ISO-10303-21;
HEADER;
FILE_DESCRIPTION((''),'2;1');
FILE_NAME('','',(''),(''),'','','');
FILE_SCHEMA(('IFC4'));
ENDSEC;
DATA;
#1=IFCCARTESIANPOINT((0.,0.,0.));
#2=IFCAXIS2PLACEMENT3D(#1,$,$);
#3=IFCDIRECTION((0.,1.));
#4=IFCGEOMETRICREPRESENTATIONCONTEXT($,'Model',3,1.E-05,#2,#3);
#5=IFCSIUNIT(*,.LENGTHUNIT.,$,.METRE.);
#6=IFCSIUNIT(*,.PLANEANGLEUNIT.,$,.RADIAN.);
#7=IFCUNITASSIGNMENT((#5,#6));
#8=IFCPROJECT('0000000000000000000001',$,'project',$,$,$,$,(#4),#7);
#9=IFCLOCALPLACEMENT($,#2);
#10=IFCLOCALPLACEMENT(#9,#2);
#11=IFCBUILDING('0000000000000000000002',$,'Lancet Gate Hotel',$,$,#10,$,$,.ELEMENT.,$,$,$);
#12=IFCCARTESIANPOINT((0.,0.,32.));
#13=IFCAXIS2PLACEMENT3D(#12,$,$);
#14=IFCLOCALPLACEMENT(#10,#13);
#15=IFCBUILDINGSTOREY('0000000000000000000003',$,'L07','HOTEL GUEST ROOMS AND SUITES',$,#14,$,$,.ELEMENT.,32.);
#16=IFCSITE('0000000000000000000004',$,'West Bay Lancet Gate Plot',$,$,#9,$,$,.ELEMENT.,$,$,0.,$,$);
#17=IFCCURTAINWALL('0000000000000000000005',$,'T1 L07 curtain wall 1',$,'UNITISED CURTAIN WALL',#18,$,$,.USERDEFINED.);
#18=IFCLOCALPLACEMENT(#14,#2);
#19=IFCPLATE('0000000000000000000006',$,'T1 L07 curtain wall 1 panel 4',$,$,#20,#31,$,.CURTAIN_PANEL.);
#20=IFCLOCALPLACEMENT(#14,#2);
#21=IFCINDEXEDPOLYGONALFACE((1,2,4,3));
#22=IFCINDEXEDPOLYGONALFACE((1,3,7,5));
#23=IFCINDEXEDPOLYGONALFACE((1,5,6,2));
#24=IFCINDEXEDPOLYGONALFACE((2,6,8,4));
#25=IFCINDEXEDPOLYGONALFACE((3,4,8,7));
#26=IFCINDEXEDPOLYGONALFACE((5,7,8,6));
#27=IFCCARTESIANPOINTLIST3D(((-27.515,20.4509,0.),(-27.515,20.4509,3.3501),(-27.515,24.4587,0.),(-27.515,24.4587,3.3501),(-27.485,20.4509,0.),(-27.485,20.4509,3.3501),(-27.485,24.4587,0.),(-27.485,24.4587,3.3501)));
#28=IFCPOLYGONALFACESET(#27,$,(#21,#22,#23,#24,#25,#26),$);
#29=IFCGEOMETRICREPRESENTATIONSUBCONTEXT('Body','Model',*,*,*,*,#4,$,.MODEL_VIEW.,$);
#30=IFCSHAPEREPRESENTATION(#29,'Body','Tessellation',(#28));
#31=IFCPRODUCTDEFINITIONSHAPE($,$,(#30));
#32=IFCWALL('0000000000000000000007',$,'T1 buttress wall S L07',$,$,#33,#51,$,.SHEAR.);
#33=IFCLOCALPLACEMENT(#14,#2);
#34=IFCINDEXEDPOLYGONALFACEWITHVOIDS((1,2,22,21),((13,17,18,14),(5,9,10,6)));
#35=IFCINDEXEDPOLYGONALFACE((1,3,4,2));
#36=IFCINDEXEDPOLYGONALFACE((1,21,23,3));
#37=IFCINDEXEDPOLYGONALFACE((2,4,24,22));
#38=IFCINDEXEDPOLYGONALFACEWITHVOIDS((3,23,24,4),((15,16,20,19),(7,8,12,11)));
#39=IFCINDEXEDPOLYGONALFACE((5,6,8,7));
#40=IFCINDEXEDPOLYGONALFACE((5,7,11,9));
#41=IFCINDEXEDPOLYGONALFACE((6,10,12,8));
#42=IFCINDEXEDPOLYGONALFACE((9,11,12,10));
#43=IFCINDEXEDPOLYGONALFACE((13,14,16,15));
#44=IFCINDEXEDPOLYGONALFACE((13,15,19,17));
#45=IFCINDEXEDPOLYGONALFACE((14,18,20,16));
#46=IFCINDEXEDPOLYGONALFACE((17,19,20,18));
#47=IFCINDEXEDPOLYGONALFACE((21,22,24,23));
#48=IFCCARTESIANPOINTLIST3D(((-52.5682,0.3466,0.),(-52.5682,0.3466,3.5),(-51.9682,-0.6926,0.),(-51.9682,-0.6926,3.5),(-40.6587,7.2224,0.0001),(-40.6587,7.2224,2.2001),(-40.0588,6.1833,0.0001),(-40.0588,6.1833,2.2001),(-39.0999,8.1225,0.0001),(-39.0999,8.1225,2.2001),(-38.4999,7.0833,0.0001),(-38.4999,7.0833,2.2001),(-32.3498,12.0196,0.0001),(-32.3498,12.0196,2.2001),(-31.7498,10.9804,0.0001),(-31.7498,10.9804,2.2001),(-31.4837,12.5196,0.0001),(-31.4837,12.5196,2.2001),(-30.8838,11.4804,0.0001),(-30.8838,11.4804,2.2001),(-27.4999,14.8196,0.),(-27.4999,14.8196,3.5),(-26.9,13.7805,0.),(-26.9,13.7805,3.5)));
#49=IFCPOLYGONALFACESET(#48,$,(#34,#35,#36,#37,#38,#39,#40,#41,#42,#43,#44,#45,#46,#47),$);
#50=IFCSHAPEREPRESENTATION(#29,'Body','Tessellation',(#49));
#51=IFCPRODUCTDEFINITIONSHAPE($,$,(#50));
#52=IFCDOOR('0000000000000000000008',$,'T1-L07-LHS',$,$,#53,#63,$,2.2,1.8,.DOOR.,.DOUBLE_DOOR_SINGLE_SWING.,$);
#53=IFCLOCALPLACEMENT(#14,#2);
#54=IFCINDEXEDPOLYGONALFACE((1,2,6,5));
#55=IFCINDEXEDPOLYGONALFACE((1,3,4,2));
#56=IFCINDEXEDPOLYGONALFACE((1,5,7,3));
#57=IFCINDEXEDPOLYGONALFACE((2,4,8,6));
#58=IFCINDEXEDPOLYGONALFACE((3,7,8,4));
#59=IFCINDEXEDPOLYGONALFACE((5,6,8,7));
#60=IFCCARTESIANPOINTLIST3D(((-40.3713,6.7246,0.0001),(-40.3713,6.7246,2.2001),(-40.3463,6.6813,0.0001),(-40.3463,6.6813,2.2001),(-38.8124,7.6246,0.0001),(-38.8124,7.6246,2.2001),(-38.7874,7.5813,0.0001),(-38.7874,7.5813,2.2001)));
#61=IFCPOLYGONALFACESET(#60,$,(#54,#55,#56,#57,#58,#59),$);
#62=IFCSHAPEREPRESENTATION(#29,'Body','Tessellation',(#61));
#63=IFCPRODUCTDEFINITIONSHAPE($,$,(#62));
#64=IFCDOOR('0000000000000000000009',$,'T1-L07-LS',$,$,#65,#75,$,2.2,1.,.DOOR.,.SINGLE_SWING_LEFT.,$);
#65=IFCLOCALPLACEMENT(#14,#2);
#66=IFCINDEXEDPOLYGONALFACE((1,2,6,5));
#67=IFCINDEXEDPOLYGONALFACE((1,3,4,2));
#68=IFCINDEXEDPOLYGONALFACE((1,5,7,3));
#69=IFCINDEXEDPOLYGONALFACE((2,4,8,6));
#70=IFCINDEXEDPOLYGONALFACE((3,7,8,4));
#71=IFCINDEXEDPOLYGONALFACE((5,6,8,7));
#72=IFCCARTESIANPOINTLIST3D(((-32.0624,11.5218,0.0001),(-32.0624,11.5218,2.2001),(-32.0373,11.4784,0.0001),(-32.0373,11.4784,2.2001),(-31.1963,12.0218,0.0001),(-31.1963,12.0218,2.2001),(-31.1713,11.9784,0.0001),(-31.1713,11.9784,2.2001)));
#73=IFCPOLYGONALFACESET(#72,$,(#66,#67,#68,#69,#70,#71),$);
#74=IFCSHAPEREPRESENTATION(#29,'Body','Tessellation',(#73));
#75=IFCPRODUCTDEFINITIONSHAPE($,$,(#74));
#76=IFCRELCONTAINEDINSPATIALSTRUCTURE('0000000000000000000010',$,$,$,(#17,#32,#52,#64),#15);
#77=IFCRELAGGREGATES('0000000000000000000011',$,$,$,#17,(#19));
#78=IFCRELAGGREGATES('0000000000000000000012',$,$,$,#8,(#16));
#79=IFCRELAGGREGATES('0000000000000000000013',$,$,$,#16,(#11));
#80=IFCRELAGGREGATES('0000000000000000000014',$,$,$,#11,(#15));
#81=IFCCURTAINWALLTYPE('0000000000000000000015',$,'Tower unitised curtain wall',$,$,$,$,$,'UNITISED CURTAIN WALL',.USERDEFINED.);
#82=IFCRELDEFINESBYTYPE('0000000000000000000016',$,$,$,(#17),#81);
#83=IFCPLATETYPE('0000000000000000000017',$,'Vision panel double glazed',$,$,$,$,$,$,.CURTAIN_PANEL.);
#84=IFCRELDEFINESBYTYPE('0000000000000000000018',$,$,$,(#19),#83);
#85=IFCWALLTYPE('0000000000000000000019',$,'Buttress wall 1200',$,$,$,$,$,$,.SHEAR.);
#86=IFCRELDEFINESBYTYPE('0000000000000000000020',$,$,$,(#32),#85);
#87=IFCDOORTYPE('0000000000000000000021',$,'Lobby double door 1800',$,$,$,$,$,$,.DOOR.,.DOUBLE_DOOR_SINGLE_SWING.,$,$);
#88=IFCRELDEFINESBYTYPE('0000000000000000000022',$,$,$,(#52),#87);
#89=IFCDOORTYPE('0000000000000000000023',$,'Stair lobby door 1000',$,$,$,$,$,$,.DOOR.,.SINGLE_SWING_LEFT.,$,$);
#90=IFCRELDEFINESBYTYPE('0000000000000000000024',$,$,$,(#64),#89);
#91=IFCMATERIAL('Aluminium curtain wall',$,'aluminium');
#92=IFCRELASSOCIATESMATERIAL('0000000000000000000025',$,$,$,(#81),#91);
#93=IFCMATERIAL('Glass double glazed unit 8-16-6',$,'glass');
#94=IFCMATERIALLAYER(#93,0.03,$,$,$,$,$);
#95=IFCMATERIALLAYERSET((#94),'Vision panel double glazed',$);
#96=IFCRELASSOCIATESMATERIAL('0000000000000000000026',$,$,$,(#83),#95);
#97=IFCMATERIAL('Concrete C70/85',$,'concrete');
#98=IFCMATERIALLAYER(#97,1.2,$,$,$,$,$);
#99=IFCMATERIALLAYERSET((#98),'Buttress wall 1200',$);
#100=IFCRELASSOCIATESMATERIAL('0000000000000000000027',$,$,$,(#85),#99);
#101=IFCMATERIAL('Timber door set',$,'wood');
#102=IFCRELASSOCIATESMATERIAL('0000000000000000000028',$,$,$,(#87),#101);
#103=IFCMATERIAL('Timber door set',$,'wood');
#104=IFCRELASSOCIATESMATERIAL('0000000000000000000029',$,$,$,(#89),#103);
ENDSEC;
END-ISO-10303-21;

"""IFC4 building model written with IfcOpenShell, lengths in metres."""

from ifc_helpers import new_model, si_unit, direction, frame, frame_2d, origin, origin_2d, place, context, subcontext, project, spatial, rectangle, extrude, material, layer, layer_set, type_object, element, fill, aggregate, save


model = new_model("IFC4")

# Units and contexts
model_context = context("Model", 3, precision=1e-05, world=origin(), true_north=direction((0.0, 1.0)))
body_context = subcontext(model_context, "Body", "Model", "MODEL_VIEW")
ifc_project = project(units=[si_unit("LENGTHUNIT", "METRE"), si_unit("PLANEANGLEUNIT", "RADIAN")], contexts=[model_context])

# Site, building, storey
site_placement = place(None, origin())
site = spatial("IfcSite", under=ifc_project, at=site_placement, Name="West Bay Lancet Gate Plot", CompositionType="ELEMENT", RefElevation=0.0)
building_placement = place(site_placement, origin())
building = spatial("IfcBuilding", under=site, at=building_placement, Name="Lancet Gate Hotel", CompositionType="ELEMENT")
storey_placement = place(building_placement, frame((0.0, 0.0, 32.0)))
storey = spatial("IfcBuildingStorey", under=building, at=storey_placement, Name="L07", Description="HOTEL GUEST ROOMS AND SUITES", CompositionType="ELEMENT", Elevation=32.0)

# Curtain wall
ifc_material_1 = material(Name="Aluminium curtain wall", Category="aluminium")
curtain_wall_type = type_object("IfcCurtainWallType", Name="Tower unitised curtain wall", ElementType="UNITISED CURTAIN WALL", PredefinedType="USERDEFINED", material=ifc_material_1)
curtain_wall_placement = place(storey_placement, origin())
curtain_wall = element("IfcCurtainWall", 1, at=curtain_wall_placement, inside=storey, type_object=curtain_wall_type, Name="T1 L07 curtain wall 1", ObjectType="UNITISED CURTAIN WALL", PredefinedType="USERDEFINED")

# Plate
ifc_material_2 = material(Name="Glass double glazed unit 8-16-6", Category="glass")
ifc_layer_1 = layer(ifc_material_2, 0.03)
ifc_layer_set_1 = layer_set([ifc_layer_1], Name="Vision panel double glazed")
plate_type = type_object("IfcPlateType", Name="Vision panel double glazed", PredefinedType="CURTAIN_PANEL", material=ifc_layer_set_1)
plate_1_placement = place(storey_placement, frame((-27.5, 22.4548, 0.0), z_axis=(0.0, 0.0, 1.0), x_axis=(0.0, 1.0, 0.0)))
plate_1 = element("IfcPlate", 2, at=plate_1_placement, type_object=plate_type, Name="T1 L07 curtain wall 1 panel 4", PredefinedType="CURTAIN_PANEL", context=body_context, shape_type="SweptSolid", body=[
    extrude(rectangle(XDim=4.0078, YDim=0.03, at=origin_2d()), origin(), (0.0, 0.0, 1.0), 3.3501),
])
aggregate(curtain_wall, [plate_1])

# Wall, openings, doors
ifc_material_3 = material(Name="Concrete C70/85", Category="concrete")
ifc_layer_2 = layer(ifc_material_3, 1.2)
ifc_layer_set_2 = layer_set([ifc_layer_2], Name="Buttress wall 1200")
wall_type = type_object("IfcWallType", Name="Buttress wall 1200", PredefinedType="SHEAR", material=ifc_layer_set_2)
wall_placement = place(storey_placement, frame((-27.2, 14.3, 0.0), z_axis=(0.0, 0.0, 1.0), x_axis=(-0.866027, -0.499998, 0.0)))
wall = element("IfcWall", 3, at=wall_placement, inside=storey, type_object=wall_type, Name="T1 buttress wall S L07", PredefinedType="SHEAR", context=body_context, shape_type="SweptSolid", body=[
    extrude(rectangle(XDim=28.9463, YDim=1.2, at=frame_2d((14.4731, 0.0))), origin(), (0.0, 0.0, 1.0), 3.5),
])
opening_1_placement = place(wall_placement, frame((4.6001, 0.0, 0.0)))
opening_1 = element("IfcOpeningElement", 4, at=opening_1_placement, cuts=wall, PredefinedType="OPENING", context=body_context, shape_type="SweptSolid", body=[
    extrude(rectangle(XDim=1.0, YDim=2.2, at=frame_2d((0.5, 1.1001))), frame((0.0, 0.6099, 0.0), z_axis=(0.0, -1.0, 0.0), x_axis=(1.0, 0.0, 0.0)), (0.0, 0.0, 1.0), 1.22),
])
opening_2_placement = place(wall_placement, frame((13.3945, 0.0, 0.0)))
opening_2 = element("IfcOpeningElement", 5, at=opening_2_placement, cuts=wall, PredefinedType="OPENING", context=body_context, shape_type="SweptSolid", body=[
    extrude(rectangle(XDim=1.8, YDim=2.2, at=frame_2d((0.8999, 1.1001))), frame((0.0, 0.6099, 0.0), z_axis=(0.0, -1.0, 0.0), x_axis=(1.0, 0.0, 0.0)), (0.0, 0.0, 1.0), 1.22),
])
ifc_material_4 = material(Name="Timber door set", Category="wood")
door_type_1 = type_object("IfcDoorType", Name="Lobby double door 1800", OperationType="DOUBLE_DOOR_SINGLE_SWING", PredefinedType="DOOR", material=ifc_material_4)
door_1_placement = place(opening_2_placement, origin())
door_1 = element("IfcDoor", 6, at=door_1_placement, inside=storey, type_object=door_type_1, Name="T1-L07-LHS", OperationType="DOUBLE_DOOR_SINGLE_SWING", OverallHeight=2.2, OverallWidth=1.8, PredefinedType="DOOR", context=body_context, shape_type="SweptSolid", body=[
    extrude(rectangle(XDim=1.8, YDim=2.2, at=frame_2d((0.8999, 1.1001))), frame((0.0, 0.0249, 0.0), z_axis=(0.0, -1.0, 0.0), x_axis=(1.0, 0.0, 0.0)), (0.0, 0.0, 1.0), 0.05),
])
fill(opening_2, door_1)
ifc_material_5 = material(Name="Timber door set", Category="wood")
door_type_2 = type_object("IfcDoorType", Name="Stair lobby door 1000", OperationType="SINGLE_SWING_LEFT", PredefinedType="DOOR", material=ifc_material_5)
door_2_placement = place(opening_1_placement, origin())
door_2 = element("IfcDoor", 7, at=door_2_placement, inside=storey, type_object=door_type_2, Name="T1-L07-LS", OperationType="SINGLE_SWING_LEFT", OverallHeight=2.2, OverallWidth=1.0, PredefinedType="DOOR", context=body_context, shape_type="SweptSolid", body=[
    extrude(rectangle(XDim=1.0, YDim=2.2, at=frame_2d((0.5, 1.1001))), frame((0.0, 0.0249, 0.0), z_axis=(0.0, -1.0, 0.0), x_axis=(1.0, 0.0, 0.0)), (0.0, 0.0, 1.0), 0.05),
])
fill(opening_1, door_2)

save(model, "model.ifc")
